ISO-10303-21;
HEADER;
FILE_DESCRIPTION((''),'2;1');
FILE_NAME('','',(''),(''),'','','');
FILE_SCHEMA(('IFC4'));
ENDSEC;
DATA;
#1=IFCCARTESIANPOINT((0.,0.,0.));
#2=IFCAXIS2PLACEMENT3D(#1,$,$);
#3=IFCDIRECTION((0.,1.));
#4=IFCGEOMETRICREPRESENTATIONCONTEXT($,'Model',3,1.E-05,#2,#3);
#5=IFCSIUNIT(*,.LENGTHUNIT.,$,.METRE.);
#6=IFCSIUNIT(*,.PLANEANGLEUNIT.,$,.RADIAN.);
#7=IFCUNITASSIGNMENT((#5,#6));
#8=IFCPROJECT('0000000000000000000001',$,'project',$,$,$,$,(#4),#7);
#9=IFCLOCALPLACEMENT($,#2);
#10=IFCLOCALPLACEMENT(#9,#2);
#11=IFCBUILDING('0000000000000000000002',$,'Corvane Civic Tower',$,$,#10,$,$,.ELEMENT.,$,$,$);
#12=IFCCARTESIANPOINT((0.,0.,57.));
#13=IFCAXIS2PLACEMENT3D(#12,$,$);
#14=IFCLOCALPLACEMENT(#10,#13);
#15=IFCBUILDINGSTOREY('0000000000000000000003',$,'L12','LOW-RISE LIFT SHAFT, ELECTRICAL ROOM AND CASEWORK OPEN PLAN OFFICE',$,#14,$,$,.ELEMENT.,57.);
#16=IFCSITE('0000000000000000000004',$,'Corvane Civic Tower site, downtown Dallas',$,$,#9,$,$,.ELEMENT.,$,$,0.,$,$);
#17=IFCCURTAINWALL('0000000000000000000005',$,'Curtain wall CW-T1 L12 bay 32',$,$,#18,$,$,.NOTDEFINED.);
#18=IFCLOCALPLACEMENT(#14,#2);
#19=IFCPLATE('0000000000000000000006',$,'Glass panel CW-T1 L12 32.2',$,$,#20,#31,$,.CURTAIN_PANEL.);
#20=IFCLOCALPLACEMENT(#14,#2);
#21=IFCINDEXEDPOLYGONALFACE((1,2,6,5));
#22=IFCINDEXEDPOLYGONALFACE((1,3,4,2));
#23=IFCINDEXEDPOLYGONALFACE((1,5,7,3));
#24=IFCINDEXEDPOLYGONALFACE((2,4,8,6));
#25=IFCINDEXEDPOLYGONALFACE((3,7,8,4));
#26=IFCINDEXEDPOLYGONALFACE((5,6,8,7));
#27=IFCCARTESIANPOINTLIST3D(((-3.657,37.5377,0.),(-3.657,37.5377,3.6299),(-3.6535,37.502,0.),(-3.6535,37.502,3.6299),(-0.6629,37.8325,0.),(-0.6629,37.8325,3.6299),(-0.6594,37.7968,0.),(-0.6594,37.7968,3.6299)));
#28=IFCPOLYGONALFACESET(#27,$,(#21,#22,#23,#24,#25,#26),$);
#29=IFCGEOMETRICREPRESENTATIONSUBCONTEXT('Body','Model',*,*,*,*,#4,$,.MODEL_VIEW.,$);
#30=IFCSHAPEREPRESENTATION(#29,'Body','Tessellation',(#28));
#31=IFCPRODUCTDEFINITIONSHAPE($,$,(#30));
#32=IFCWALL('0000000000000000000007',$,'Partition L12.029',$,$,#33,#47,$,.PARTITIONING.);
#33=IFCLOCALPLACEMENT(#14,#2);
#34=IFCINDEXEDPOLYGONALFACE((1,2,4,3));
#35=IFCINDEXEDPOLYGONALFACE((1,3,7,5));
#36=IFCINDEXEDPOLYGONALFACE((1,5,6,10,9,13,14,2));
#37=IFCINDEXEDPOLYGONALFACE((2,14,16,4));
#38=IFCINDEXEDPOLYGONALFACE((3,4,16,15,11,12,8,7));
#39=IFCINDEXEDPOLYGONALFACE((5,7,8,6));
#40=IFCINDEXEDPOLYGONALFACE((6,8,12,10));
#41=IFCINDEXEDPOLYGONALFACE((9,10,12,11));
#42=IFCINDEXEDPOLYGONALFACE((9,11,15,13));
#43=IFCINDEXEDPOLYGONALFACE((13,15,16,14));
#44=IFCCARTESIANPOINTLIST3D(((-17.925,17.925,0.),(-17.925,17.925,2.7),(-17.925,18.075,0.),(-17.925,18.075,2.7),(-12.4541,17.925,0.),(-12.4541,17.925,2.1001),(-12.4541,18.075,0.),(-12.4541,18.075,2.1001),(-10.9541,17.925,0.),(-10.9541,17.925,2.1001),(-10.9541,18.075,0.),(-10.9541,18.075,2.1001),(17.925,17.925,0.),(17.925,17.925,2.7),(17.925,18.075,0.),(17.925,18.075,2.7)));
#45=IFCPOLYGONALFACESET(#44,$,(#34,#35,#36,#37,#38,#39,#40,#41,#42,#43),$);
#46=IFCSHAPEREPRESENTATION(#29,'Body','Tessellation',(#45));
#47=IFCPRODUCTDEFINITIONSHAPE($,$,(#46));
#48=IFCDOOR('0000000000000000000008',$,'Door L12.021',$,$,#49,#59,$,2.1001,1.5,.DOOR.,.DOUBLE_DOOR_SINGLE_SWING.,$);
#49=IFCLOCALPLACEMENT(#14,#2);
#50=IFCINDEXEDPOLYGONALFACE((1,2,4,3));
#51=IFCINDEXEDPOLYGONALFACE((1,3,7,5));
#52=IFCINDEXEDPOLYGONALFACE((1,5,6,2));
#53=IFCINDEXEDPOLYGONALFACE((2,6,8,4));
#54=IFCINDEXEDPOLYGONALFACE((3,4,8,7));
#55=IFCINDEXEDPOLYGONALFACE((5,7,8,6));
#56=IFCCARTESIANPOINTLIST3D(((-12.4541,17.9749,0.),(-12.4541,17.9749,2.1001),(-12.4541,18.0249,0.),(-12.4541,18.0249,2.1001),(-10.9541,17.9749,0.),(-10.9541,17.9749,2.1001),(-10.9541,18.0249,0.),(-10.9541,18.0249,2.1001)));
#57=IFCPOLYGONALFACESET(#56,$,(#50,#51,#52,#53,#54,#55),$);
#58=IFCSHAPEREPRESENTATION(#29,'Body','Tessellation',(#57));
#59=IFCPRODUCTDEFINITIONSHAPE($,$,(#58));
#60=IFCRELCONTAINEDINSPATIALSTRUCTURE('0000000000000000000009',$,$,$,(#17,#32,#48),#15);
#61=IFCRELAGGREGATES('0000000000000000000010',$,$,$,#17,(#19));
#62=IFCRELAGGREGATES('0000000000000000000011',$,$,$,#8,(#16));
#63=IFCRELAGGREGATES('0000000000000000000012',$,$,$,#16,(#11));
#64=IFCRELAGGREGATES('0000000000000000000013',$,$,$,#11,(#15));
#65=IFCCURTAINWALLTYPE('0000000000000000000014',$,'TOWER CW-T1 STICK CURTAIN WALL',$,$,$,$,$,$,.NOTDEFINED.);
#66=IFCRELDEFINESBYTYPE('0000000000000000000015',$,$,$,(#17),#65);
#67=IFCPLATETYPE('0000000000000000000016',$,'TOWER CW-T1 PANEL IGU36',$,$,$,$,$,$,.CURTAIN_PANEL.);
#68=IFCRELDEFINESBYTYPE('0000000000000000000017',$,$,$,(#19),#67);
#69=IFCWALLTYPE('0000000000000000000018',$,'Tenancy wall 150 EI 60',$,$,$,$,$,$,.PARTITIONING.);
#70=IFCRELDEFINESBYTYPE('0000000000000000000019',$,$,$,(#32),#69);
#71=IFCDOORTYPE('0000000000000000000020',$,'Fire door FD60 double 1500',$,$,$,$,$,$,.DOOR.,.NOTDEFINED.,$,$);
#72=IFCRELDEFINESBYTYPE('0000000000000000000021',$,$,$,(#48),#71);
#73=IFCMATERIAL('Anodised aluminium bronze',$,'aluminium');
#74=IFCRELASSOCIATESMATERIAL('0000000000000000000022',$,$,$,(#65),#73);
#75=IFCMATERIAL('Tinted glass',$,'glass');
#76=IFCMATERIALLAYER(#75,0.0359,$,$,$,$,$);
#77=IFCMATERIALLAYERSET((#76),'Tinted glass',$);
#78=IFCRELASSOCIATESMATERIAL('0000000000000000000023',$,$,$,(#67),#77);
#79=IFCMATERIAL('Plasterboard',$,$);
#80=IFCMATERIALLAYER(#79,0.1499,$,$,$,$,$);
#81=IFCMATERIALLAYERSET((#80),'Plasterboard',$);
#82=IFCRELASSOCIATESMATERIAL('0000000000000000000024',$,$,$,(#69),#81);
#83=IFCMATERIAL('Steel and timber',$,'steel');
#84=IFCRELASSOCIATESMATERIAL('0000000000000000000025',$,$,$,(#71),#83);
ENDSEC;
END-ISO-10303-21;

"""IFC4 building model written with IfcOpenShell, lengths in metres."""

from ifc_helpers import new_model, si_unit, direction, frame, frame_2d, origin, origin_2d, place, context, subcontext, project, spatial, rectangle, extrude, material, layer, layer_set, type_object, element, fill, aggregate, save


model = new_model("IFC4")

# Units and contexts
model_context = context("Model", 3, precision=1e-05, world=origin(), true_north=direction((0.0, 1.0)))
body_context = subcontext(model_context, "Body", "Model", "MODEL_VIEW")
ifc_project = project(units=[si_unit("LENGTHUNIT", "METRE"), si_unit("PLANEANGLEUNIT", "RADIAN")], contexts=[model_context])

# Site, building, storey
site_placement = place(None, origin())
site = spatial("IfcSite", under=ifc_project, at=site_placement, Name="Corvane Civic Tower site, downtown Dallas", CompositionType="ELEMENT", RefElevation=0.0)
building_placement = place(site_placement, origin())
building = spatial("IfcBuilding", under=site, at=building_placement, Name="Corvane Civic Tower", CompositionType="ELEMENT")
storey_placement = place(building_placement, frame((0.0, 0.0, 57.0)))
storey = spatial("IfcBuildingStorey", under=building, at=storey_placement, Name="L12", Description="LOW-RISE LIFT SHAFT, ELECTRICAL ROOM AND CASEWORK OPEN PLAN OFFICE", CompositionType="ELEMENT", Elevation=57.0)

# Curtain wall
ifc_material_1 = material(Name="Anodised aluminium bronze", Category="aluminium")
curtain_wall_type = type_object("IfcCurtainWallType", Name="TOWER CW-T1 STICK CURTAIN WALL", PredefinedType="NOTDEFINED", material=ifc_material_1)
curtain_wall_1_placement = place(storey_placement, origin())
curtain_wall_1 = element("IfcCurtainWall", 1, at=curtain_wall_1_placement, inside=storey, type_object=curtain_wall_type, Name="Curtain wall CW-T1 L12 bay 32", PredefinedType="NOTDEFINED")

# Plate
ifc_material_2 = material(Name="Tinted glass", Category="glass")
ifc_layer_1 = layer(ifc_material_2, 0.0359)
ifc_layer_set_1 = layer_set([ifc_layer_1], Name="Tinted glass")
plate_type = type_object("IfcPlateType", Name="TOWER CW-T1 PANEL IGU36", PredefinedType="CURTAIN_PANEL", material=ifc_layer_set_1)
plate_1_placement = place(storey_placement, frame((-2.1582, 37.6672, 0.0), z_axis=(0.0, 0.0, 1.0), x_axis=(0.995186, 0.098006, 0.0)))
plate_1 = element("IfcPlate", 2, at=plate_1_placement, type_object=plate_type, Name="Glass panel CW-T1 L12 32.2", PredefinedType="CURTAIN_PANEL", context=body_context, shape_type="SweptSolid", body=[
    extrude(rectangle(XDim=3.0085, YDim=0.0359, at=origin_2d()), origin(), (0.0, 0.0, 1.0), 3.6299),
])
aggregate(curtain_wall_1, [plate_1])

# Wall, opening, door
ifc_material_3 = material(Name="Plasterboard")
ifc_layer_2 = layer(ifc_material_3, 0.1499)
ifc_layer_set_2 = layer_set([ifc_layer_2], Name="Plasterboard")
wall_type = type_object("IfcWallType", Name="Tenancy wall 150 EI 60", PredefinedType="PARTITIONING", material=ifc_layer_set_2)
wall_placement = place(storey_placement, frame((-17.925, 18.0, 0.0), z_axis=(0.0, 0.0, 1.0), x_axis=(1.0, 0.0, 0.0)))
wall = element("IfcWall", 3, at=wall_placement, inside=storey, type_object=wall_type, Name="Partition L12.029", PredefinedType="PARTITIONING", context=body_context, shape_type="SweptSolid", body=[
    extrude(rectangle(XDim=35.8501, YDim=0.1499, at=frame_2d((17.925, 0.0))), origin(), (0.0, 0.0, 1.0), 2.7),
])
opening_placement = place(wall_placement, frame((5.4709, 0.0, 0.0)))
opening = element("IfcOpeningElement", 4, at=opening_placement, cuts=wall, PredefinedType="OPENING", context=body_context, shape_type="SweptSolid", body=[
    extrude(rectangle(XDim=1.5, YDim=2.1001, at=frame_2d((0.75, 1.05))), frame((0.0, 0.085, 0.0), z_axis=(0.0, -1.0, 0.0), x_axis=(1.0, 0.0, 0.0)), (0.0, 0.0, 1.0), 0.1699),
])
ifc_material_4 = material(Name="Steel and timber", Category="steel")
door_type = type_object("IfcDoorType", Name="Fire door FD60 double 1500", OperationType="NOTDEFINED", PredefinedType="DOOR", material=ifc_material_4)
door_placement = place(opening_placement, origin())
door = element("IfcDoor", 5, at=door_placement, inside=storey, type_object=door_type, Name="Door L12.021", OperationType="DOUBLE_DOOR_SINGLE_SWING", OverallHeight=2.1001, OverallWidth=1.5, PredefinedType="DOOR", context=body_context, shape_type="SweptSolid", body=[
    extrude(rectangle(XDim=1.5, YDim=2.1001, at=frame_2d((0.75, 1.05))), frame((0.0, 0.0249, 0.0), z_axis=(0.0, -1.0, 0.0), x_axis=(1.0, 0.0, 0.0)), (0.0, 0.0, 1.0), 0.05),
])
fill(opening, door)

save(model, "model.ifc")
